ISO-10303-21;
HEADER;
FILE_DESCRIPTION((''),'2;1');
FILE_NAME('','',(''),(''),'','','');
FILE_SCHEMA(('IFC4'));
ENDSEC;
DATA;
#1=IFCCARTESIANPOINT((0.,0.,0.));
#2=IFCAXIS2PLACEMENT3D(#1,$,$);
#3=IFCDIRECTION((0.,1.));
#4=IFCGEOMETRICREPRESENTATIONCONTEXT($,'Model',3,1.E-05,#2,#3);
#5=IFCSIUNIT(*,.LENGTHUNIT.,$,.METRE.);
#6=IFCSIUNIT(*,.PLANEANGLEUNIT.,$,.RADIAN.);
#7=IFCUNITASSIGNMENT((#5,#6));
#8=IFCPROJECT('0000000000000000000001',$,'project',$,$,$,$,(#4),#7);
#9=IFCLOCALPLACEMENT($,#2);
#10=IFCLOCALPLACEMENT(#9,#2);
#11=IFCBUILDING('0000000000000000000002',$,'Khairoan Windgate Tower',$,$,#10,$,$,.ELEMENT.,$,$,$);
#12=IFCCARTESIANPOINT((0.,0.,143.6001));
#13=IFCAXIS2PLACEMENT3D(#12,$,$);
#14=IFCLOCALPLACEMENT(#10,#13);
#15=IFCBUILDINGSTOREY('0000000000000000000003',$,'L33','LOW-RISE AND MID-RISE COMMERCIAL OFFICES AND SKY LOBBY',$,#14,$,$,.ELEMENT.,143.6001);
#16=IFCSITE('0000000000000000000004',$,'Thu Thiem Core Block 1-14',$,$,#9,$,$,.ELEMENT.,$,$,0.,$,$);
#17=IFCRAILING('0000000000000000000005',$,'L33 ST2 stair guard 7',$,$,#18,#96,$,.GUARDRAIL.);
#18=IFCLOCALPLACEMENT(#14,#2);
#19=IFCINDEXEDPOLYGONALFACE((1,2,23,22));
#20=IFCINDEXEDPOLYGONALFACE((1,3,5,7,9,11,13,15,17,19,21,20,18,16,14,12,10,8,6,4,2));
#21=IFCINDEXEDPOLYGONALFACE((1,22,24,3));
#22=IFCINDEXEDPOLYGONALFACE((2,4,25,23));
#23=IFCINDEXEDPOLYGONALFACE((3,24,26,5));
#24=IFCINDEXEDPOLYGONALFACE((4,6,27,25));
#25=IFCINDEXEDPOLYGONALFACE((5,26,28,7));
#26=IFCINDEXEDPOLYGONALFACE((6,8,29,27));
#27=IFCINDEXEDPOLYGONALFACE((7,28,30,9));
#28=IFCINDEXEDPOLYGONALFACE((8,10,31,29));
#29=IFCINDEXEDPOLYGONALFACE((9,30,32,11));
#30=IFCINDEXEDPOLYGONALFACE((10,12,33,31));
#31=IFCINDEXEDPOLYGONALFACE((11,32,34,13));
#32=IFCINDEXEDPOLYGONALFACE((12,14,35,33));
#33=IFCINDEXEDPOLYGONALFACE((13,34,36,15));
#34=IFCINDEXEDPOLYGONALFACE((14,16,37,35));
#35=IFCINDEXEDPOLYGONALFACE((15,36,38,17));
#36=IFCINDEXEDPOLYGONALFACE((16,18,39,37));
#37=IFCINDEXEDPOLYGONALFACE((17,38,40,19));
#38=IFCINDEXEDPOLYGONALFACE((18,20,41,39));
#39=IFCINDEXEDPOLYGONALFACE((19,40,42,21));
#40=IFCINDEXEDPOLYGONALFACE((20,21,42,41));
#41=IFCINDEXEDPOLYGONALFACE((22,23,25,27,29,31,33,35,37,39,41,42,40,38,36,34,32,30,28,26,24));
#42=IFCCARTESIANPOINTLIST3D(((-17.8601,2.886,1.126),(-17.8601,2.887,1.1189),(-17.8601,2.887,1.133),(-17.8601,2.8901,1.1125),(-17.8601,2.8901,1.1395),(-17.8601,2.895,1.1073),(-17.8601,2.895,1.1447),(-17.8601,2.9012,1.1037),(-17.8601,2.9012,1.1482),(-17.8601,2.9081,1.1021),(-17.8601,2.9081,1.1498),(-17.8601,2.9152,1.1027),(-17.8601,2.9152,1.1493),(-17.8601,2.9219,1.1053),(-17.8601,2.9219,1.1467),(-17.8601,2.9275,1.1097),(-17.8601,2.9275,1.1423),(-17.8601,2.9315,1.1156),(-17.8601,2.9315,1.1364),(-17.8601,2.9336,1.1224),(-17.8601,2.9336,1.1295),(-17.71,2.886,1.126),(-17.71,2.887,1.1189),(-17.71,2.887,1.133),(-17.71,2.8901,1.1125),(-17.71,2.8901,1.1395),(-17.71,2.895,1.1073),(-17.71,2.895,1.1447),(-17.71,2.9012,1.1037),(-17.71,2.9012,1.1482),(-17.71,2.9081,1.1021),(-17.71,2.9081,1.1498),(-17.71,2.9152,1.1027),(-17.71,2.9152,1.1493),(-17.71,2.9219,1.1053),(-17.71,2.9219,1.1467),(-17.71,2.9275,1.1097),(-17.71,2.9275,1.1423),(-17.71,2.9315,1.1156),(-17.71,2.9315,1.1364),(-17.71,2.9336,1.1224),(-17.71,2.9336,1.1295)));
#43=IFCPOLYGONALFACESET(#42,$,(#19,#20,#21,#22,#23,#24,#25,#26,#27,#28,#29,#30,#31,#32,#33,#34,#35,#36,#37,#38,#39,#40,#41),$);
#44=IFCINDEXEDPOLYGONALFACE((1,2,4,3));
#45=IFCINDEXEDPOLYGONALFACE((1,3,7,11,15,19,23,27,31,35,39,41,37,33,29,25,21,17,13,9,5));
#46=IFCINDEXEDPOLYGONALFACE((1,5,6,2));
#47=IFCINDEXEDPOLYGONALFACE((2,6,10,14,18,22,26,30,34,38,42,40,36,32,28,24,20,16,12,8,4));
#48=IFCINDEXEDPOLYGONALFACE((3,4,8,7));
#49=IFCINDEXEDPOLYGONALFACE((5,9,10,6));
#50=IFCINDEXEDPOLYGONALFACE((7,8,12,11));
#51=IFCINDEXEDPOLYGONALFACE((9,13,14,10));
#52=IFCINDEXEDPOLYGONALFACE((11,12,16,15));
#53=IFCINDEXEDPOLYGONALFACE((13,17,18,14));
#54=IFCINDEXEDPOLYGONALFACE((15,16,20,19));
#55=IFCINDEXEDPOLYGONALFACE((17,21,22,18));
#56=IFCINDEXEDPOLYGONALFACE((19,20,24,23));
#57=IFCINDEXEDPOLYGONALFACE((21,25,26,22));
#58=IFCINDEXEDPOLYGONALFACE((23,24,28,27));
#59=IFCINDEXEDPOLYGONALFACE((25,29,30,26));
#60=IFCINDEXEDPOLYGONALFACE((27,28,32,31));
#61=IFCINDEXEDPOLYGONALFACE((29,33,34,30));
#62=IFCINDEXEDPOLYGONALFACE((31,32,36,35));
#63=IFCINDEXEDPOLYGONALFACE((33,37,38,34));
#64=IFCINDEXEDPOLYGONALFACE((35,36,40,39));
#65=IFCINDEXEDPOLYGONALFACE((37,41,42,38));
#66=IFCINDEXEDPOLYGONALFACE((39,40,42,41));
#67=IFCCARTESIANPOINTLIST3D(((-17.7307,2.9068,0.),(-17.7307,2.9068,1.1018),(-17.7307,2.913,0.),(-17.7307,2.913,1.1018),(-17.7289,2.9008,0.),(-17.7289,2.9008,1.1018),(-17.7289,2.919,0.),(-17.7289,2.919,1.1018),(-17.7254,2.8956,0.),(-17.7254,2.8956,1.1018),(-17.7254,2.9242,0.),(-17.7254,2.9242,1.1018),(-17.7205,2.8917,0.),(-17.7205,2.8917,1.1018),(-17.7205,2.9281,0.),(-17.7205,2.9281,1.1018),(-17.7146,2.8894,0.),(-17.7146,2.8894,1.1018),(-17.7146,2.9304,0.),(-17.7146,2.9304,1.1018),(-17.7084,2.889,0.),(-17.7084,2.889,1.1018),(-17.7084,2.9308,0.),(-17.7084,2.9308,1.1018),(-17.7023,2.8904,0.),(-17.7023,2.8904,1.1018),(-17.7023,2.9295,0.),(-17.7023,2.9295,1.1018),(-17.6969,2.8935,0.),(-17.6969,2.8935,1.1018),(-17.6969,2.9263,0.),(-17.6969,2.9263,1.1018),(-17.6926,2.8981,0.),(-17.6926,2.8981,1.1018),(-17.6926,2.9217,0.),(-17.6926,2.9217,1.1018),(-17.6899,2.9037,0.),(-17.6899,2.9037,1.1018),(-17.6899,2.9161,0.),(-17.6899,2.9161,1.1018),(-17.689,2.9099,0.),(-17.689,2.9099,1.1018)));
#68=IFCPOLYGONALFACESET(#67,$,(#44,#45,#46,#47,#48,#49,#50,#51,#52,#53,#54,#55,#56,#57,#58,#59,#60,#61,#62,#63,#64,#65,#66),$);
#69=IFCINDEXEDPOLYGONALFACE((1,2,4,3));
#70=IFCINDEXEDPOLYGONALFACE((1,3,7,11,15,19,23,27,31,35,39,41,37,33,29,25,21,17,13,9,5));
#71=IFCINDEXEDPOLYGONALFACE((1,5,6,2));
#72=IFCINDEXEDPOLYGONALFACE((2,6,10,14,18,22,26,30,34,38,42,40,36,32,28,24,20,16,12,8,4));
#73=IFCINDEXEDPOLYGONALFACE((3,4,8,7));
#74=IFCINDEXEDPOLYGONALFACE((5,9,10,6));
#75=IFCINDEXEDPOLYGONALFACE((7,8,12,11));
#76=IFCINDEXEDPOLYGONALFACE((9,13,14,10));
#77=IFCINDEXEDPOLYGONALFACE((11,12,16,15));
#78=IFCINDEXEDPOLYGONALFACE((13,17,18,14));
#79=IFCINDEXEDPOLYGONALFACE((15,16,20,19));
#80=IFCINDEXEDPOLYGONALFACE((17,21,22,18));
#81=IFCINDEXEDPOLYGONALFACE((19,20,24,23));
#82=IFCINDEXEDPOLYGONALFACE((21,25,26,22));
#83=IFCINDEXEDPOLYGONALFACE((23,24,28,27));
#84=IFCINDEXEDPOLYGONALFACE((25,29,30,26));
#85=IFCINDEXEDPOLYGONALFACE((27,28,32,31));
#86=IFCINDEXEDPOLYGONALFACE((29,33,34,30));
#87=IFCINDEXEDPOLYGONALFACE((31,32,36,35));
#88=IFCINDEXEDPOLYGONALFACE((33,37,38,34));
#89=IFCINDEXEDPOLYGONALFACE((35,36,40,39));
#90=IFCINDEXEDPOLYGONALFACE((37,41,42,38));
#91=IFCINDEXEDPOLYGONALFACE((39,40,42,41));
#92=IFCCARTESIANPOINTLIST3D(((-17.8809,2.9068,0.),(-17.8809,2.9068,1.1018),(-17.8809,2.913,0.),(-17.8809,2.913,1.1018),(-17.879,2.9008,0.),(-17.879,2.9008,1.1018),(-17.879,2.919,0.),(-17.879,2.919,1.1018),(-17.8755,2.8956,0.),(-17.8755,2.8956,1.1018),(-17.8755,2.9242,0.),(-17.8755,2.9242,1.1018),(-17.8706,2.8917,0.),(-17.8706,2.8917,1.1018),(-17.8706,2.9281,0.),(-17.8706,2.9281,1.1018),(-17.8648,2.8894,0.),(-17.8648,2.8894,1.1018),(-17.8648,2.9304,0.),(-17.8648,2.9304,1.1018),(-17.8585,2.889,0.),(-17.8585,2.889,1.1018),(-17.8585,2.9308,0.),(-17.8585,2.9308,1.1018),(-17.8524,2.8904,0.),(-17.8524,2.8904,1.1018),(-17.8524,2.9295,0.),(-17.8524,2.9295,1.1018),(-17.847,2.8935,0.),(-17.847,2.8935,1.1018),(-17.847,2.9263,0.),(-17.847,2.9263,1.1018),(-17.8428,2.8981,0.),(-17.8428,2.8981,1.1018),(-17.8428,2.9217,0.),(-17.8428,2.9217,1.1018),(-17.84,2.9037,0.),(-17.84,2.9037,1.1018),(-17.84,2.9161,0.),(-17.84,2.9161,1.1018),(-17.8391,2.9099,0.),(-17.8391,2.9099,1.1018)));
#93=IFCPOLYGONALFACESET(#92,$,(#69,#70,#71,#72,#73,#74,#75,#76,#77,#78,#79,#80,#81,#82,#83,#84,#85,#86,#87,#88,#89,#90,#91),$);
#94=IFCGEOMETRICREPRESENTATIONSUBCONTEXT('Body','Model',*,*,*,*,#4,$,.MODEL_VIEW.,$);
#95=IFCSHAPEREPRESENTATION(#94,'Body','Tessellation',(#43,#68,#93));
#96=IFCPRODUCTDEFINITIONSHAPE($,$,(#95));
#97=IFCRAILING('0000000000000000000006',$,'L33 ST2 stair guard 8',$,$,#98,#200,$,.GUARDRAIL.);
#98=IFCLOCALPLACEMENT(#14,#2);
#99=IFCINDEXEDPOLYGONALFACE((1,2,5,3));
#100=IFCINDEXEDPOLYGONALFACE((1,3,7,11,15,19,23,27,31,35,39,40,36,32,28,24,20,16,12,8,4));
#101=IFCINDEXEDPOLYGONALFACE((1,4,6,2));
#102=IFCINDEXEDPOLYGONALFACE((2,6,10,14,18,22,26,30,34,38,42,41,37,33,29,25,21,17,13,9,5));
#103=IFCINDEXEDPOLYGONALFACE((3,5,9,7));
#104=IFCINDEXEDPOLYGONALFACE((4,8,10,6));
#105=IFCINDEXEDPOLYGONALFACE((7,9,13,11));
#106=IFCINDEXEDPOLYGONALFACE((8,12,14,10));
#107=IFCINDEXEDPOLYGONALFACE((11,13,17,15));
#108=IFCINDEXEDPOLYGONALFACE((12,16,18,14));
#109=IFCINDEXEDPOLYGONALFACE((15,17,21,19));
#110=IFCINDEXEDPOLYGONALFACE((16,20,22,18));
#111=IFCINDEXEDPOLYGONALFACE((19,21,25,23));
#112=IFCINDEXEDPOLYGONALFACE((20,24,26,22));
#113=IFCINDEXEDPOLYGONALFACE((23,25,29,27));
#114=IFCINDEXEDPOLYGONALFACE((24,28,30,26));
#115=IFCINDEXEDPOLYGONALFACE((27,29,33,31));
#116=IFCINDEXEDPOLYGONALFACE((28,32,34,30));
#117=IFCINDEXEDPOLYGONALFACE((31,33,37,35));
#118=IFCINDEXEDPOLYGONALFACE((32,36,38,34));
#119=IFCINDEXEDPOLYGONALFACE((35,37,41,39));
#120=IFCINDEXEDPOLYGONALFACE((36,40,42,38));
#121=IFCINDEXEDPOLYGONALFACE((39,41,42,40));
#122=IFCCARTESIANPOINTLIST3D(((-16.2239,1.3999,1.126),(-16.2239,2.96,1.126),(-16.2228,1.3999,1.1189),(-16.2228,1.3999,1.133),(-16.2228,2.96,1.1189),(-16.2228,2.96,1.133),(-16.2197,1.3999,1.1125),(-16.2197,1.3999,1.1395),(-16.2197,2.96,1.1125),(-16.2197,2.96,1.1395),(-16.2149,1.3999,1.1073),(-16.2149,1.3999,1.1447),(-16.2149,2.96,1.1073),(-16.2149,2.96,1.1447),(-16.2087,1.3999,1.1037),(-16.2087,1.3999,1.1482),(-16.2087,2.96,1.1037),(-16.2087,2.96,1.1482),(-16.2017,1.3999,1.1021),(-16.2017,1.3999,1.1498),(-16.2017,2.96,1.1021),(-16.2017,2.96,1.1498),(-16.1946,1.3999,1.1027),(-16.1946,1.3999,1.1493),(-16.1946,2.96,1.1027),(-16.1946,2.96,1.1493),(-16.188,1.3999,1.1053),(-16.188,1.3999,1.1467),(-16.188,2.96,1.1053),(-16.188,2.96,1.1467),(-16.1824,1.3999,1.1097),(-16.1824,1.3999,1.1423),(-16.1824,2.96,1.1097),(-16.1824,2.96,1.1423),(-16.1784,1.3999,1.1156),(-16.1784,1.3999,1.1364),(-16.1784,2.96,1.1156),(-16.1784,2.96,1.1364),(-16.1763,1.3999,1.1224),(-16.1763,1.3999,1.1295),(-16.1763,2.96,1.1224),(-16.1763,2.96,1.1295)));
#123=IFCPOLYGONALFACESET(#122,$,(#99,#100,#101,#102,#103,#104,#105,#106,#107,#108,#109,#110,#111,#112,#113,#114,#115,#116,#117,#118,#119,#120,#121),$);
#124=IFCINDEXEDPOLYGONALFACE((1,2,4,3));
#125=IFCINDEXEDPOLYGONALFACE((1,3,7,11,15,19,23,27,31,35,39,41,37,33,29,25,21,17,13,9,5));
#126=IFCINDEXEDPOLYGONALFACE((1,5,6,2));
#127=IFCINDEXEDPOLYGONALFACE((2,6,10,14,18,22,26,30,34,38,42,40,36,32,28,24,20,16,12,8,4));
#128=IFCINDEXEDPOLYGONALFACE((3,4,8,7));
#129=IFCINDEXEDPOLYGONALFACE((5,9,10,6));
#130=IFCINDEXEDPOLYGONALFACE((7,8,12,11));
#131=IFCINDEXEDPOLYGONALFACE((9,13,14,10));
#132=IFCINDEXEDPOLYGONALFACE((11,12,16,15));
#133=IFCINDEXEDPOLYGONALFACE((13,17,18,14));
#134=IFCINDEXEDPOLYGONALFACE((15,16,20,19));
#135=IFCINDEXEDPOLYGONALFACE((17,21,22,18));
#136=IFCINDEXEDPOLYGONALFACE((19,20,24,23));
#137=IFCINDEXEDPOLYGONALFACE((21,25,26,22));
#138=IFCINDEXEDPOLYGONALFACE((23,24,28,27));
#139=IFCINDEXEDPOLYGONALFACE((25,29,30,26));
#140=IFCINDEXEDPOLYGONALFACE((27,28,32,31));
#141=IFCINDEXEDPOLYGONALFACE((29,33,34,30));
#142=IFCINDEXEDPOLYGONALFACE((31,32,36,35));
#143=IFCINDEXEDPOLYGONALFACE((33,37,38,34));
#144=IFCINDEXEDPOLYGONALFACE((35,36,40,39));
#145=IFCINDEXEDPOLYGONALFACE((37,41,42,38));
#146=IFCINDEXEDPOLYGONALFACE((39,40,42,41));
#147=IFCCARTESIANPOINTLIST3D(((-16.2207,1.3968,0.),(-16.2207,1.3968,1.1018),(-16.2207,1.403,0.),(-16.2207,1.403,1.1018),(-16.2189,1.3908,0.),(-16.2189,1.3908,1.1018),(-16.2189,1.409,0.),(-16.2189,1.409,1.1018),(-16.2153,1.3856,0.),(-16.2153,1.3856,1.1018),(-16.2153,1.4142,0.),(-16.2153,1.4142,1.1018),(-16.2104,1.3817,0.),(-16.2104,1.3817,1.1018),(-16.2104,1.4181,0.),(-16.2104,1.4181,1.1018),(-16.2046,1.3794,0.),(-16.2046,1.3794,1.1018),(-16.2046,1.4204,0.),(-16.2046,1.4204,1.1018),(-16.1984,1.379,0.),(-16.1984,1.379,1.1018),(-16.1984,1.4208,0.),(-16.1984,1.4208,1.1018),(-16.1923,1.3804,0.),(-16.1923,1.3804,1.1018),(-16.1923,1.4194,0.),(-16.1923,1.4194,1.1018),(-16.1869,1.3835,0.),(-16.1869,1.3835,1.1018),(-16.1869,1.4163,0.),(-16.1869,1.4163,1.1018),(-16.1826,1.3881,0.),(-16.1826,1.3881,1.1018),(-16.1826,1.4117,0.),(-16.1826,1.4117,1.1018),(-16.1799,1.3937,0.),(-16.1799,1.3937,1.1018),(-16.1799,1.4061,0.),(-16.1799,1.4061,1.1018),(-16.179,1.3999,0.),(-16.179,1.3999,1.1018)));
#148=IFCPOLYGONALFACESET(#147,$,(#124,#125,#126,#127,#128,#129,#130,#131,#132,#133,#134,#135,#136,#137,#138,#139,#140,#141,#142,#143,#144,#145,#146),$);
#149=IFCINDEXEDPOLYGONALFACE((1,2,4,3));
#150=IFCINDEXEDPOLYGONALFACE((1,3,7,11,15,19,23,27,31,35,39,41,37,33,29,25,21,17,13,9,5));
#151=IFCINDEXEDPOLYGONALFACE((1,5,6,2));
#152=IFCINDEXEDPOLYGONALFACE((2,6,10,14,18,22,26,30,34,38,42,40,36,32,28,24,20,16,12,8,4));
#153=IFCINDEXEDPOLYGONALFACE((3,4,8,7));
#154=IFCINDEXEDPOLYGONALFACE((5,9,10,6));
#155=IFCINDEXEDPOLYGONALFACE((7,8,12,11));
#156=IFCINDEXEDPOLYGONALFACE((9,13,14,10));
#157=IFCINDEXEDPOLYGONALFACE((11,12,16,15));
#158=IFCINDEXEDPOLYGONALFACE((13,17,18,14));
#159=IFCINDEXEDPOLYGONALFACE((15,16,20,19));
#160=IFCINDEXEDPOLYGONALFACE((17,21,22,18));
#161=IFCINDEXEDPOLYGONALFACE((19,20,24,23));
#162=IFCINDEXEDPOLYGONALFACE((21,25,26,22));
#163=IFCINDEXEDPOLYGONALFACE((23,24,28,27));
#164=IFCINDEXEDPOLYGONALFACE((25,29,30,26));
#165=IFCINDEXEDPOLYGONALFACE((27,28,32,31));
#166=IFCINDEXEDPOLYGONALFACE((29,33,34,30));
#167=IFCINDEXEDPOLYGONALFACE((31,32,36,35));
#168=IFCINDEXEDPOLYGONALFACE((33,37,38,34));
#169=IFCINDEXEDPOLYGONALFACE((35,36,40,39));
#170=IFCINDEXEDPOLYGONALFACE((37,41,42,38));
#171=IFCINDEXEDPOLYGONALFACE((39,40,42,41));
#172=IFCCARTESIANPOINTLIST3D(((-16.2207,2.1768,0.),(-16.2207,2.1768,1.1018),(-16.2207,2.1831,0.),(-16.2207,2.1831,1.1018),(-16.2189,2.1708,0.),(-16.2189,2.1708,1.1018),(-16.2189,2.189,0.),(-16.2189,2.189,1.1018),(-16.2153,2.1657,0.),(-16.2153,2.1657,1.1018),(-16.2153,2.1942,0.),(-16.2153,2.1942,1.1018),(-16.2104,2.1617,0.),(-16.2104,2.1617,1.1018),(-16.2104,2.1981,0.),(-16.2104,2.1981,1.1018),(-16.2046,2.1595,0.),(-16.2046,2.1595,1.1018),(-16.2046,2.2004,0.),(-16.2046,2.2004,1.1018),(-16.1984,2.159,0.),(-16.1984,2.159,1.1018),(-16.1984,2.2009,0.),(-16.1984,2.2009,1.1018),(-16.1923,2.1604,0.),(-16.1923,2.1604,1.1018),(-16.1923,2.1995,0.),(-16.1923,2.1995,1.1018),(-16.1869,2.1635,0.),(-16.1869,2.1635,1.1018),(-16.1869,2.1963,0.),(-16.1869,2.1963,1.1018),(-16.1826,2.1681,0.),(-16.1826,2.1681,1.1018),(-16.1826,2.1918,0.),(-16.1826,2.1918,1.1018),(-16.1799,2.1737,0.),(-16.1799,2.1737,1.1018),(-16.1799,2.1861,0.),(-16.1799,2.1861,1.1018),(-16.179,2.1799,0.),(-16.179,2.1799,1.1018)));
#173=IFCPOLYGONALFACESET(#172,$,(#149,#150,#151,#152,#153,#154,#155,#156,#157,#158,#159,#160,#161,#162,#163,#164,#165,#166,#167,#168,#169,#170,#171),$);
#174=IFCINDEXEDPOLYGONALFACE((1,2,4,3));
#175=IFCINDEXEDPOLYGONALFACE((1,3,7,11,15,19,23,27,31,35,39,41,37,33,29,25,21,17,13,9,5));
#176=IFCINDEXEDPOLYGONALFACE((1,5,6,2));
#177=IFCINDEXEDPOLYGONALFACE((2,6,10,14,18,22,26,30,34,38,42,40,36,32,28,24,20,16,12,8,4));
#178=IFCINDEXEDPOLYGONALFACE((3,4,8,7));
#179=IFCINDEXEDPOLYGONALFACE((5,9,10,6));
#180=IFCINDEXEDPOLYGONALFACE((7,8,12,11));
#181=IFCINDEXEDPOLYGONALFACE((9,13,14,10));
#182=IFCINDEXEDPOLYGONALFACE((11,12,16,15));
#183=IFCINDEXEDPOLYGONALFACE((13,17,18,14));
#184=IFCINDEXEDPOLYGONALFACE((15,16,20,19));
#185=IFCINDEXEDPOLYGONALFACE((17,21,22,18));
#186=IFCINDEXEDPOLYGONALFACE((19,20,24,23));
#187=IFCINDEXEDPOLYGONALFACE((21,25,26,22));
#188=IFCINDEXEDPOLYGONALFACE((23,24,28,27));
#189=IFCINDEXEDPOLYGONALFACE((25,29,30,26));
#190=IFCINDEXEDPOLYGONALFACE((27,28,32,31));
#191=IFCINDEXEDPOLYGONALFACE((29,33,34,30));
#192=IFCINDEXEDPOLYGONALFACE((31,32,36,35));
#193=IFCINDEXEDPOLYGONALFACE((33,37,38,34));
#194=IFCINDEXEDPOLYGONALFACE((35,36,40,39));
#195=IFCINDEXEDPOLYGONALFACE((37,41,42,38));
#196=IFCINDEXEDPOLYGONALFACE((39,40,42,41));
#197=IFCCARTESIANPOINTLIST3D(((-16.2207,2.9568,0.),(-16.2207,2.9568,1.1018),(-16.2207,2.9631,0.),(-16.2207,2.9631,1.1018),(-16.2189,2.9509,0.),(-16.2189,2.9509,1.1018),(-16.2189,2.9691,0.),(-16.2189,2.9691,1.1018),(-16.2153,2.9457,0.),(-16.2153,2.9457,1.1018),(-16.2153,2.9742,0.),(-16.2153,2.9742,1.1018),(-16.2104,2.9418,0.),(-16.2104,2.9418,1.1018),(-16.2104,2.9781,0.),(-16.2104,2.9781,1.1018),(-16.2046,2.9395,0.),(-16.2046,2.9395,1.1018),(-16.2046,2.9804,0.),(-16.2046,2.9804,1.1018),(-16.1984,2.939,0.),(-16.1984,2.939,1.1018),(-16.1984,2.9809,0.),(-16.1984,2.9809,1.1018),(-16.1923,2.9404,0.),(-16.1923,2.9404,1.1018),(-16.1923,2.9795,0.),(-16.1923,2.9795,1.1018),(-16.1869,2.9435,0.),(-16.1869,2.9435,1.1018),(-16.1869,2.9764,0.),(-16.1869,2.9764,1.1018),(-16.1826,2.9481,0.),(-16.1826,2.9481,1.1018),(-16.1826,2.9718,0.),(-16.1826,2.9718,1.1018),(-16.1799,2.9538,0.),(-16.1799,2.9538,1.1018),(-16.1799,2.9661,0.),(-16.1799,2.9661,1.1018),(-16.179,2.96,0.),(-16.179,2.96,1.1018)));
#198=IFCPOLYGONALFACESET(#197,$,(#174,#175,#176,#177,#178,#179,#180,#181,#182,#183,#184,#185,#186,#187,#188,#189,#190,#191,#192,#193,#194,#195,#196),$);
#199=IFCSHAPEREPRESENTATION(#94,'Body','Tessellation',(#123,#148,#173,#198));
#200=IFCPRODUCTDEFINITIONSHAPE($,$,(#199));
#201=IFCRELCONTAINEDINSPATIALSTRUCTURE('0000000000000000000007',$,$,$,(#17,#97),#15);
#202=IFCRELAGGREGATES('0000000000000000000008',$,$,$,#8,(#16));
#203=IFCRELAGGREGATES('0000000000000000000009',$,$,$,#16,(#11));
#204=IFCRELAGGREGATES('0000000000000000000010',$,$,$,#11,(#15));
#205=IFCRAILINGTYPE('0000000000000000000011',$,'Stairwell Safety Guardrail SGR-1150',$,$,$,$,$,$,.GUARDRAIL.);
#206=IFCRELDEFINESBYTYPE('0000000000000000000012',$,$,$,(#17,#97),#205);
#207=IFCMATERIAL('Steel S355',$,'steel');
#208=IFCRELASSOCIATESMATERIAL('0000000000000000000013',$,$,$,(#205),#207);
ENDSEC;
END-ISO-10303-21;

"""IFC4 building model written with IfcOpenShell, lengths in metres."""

from ifc_helpers import new_model, si_unit, direction, frame, origin, origin_2d, place, context, subcontext, project, spatial, circle, extrude, material, type_object, element, save


model = new_model("IFC4")

# Units and contexts
model_context = context("Model", 3, precision=1e-05, world=origin(), true_north=direction((0.0, 1.0)))
body_context = subcontext(model_context, "Body", "Model", "MODEL_VIEW")
ifc_project = project(units=[si_unit("LENGTHUNIT", "METRE"), si_unit("PLANEANGLEUNIT", "RADIAN")], contexts=[model_context])

# Site, building, storey
site_placement = place(None, origin())
site = spatial("IfcSite", under=ifc_project, at=site_placement, Name="Thu Thiem Core Block 1-14", CompositionType="ELEMENT", RefElevation=0.0)
building_placement = place(site_placement, origin())
building = spatial("IfcBuilding", under=site, at=building_placement, Name="Khairoan Windgate Tower", CompositionType="ELEMENT")
storey_placement = place(building_placement, frame((0.0, 0.0, 143.6001)))
storey = spatial("IfcBuildingStorey", under=building, at=storey_placement, Name="L33", Description="LOW-RISE AND MID-RISE COMMERCIAL OFFICES AND SKY LOBBY", CompositionType="ELEMENT", Elevation=143.6001)

# Railings
ifc_material_1 = material(Name="Steel S355", Category="steel")
railing_type_1 = type_object("IfcRailingType", Name="Stairwell Safety Guardrail SGR-1150", PredefinedType="GUARDRAIL", material=ifc_material_1)
railing_1_placement = place(storey_placement, frame((-17.71, 2.9099, 0.0)))
element("IfcRailing", 1, at=railing_1_placement, inside=storey, type_object=railing_type_1, Name="L33 ST2 stair guard 7", PredefinedType="GUARDRAIL", context=body_context, shape_type="SweptSolid", body=[
    extrude(circle(Radius=0.0239, at=origin_2d()), frame((0.0, 0.0, 1.126), z_axis=(-1.0, 0.0, 0.0), x_axis=(0.0, -1.0, 0.0)), (0.0, 0.0, 1.0), 0.1501),
    extrude(circle(Radius=0.021, at=origin_2d()), origin(), (0.0, 0.0, 1.0), 1.1018),
    extrude(circle(Radius=0.021, at=origin_2d()), frame((-0.1501, 0.0, 0.0)), (0.0, 0.0, 1.0), 1.1018),
])
for number, where, name in (
    (2, (-16.2, 1.3999, 0.0), "L33 ST2 stair guard 8"),
):
    element("IfcRailing", number, at=place(storey_placement, frame(where)), inside=storey, type_object=railing_type_1, Name=name, PredefinedType="GUARDRAIL", context=body_context, shape_type="SweptSolid", body=[
        extrude(circle(Radius=0.0239, at=origin_2d()), frame((0.0, 0.0, 1.126), z_axis=(0.0, 1.0, 0.0), x_axis=(-1.0, 0.0, 0.0)), (0.0, 0.0, 1.0), 1.5601),
        extrude(circle(Radius=0.021, at=origin_2d()), origin(), (0.0, 0.0, 1.0), 1.1018),
        extrude(circle(Radius=0.021, at=origin_2d()), frame((0.0, 0.78, 0.0)), (0.0, 0.0, 1.0), 1.1018),
        extrude(circle(Radius=0.021, at=origin_2d()), frame((0.0, 1.5601, 0.0)), (0.0, 0.0, 1.0), 1.1018),
    ])

save(model, "model.ifc")
